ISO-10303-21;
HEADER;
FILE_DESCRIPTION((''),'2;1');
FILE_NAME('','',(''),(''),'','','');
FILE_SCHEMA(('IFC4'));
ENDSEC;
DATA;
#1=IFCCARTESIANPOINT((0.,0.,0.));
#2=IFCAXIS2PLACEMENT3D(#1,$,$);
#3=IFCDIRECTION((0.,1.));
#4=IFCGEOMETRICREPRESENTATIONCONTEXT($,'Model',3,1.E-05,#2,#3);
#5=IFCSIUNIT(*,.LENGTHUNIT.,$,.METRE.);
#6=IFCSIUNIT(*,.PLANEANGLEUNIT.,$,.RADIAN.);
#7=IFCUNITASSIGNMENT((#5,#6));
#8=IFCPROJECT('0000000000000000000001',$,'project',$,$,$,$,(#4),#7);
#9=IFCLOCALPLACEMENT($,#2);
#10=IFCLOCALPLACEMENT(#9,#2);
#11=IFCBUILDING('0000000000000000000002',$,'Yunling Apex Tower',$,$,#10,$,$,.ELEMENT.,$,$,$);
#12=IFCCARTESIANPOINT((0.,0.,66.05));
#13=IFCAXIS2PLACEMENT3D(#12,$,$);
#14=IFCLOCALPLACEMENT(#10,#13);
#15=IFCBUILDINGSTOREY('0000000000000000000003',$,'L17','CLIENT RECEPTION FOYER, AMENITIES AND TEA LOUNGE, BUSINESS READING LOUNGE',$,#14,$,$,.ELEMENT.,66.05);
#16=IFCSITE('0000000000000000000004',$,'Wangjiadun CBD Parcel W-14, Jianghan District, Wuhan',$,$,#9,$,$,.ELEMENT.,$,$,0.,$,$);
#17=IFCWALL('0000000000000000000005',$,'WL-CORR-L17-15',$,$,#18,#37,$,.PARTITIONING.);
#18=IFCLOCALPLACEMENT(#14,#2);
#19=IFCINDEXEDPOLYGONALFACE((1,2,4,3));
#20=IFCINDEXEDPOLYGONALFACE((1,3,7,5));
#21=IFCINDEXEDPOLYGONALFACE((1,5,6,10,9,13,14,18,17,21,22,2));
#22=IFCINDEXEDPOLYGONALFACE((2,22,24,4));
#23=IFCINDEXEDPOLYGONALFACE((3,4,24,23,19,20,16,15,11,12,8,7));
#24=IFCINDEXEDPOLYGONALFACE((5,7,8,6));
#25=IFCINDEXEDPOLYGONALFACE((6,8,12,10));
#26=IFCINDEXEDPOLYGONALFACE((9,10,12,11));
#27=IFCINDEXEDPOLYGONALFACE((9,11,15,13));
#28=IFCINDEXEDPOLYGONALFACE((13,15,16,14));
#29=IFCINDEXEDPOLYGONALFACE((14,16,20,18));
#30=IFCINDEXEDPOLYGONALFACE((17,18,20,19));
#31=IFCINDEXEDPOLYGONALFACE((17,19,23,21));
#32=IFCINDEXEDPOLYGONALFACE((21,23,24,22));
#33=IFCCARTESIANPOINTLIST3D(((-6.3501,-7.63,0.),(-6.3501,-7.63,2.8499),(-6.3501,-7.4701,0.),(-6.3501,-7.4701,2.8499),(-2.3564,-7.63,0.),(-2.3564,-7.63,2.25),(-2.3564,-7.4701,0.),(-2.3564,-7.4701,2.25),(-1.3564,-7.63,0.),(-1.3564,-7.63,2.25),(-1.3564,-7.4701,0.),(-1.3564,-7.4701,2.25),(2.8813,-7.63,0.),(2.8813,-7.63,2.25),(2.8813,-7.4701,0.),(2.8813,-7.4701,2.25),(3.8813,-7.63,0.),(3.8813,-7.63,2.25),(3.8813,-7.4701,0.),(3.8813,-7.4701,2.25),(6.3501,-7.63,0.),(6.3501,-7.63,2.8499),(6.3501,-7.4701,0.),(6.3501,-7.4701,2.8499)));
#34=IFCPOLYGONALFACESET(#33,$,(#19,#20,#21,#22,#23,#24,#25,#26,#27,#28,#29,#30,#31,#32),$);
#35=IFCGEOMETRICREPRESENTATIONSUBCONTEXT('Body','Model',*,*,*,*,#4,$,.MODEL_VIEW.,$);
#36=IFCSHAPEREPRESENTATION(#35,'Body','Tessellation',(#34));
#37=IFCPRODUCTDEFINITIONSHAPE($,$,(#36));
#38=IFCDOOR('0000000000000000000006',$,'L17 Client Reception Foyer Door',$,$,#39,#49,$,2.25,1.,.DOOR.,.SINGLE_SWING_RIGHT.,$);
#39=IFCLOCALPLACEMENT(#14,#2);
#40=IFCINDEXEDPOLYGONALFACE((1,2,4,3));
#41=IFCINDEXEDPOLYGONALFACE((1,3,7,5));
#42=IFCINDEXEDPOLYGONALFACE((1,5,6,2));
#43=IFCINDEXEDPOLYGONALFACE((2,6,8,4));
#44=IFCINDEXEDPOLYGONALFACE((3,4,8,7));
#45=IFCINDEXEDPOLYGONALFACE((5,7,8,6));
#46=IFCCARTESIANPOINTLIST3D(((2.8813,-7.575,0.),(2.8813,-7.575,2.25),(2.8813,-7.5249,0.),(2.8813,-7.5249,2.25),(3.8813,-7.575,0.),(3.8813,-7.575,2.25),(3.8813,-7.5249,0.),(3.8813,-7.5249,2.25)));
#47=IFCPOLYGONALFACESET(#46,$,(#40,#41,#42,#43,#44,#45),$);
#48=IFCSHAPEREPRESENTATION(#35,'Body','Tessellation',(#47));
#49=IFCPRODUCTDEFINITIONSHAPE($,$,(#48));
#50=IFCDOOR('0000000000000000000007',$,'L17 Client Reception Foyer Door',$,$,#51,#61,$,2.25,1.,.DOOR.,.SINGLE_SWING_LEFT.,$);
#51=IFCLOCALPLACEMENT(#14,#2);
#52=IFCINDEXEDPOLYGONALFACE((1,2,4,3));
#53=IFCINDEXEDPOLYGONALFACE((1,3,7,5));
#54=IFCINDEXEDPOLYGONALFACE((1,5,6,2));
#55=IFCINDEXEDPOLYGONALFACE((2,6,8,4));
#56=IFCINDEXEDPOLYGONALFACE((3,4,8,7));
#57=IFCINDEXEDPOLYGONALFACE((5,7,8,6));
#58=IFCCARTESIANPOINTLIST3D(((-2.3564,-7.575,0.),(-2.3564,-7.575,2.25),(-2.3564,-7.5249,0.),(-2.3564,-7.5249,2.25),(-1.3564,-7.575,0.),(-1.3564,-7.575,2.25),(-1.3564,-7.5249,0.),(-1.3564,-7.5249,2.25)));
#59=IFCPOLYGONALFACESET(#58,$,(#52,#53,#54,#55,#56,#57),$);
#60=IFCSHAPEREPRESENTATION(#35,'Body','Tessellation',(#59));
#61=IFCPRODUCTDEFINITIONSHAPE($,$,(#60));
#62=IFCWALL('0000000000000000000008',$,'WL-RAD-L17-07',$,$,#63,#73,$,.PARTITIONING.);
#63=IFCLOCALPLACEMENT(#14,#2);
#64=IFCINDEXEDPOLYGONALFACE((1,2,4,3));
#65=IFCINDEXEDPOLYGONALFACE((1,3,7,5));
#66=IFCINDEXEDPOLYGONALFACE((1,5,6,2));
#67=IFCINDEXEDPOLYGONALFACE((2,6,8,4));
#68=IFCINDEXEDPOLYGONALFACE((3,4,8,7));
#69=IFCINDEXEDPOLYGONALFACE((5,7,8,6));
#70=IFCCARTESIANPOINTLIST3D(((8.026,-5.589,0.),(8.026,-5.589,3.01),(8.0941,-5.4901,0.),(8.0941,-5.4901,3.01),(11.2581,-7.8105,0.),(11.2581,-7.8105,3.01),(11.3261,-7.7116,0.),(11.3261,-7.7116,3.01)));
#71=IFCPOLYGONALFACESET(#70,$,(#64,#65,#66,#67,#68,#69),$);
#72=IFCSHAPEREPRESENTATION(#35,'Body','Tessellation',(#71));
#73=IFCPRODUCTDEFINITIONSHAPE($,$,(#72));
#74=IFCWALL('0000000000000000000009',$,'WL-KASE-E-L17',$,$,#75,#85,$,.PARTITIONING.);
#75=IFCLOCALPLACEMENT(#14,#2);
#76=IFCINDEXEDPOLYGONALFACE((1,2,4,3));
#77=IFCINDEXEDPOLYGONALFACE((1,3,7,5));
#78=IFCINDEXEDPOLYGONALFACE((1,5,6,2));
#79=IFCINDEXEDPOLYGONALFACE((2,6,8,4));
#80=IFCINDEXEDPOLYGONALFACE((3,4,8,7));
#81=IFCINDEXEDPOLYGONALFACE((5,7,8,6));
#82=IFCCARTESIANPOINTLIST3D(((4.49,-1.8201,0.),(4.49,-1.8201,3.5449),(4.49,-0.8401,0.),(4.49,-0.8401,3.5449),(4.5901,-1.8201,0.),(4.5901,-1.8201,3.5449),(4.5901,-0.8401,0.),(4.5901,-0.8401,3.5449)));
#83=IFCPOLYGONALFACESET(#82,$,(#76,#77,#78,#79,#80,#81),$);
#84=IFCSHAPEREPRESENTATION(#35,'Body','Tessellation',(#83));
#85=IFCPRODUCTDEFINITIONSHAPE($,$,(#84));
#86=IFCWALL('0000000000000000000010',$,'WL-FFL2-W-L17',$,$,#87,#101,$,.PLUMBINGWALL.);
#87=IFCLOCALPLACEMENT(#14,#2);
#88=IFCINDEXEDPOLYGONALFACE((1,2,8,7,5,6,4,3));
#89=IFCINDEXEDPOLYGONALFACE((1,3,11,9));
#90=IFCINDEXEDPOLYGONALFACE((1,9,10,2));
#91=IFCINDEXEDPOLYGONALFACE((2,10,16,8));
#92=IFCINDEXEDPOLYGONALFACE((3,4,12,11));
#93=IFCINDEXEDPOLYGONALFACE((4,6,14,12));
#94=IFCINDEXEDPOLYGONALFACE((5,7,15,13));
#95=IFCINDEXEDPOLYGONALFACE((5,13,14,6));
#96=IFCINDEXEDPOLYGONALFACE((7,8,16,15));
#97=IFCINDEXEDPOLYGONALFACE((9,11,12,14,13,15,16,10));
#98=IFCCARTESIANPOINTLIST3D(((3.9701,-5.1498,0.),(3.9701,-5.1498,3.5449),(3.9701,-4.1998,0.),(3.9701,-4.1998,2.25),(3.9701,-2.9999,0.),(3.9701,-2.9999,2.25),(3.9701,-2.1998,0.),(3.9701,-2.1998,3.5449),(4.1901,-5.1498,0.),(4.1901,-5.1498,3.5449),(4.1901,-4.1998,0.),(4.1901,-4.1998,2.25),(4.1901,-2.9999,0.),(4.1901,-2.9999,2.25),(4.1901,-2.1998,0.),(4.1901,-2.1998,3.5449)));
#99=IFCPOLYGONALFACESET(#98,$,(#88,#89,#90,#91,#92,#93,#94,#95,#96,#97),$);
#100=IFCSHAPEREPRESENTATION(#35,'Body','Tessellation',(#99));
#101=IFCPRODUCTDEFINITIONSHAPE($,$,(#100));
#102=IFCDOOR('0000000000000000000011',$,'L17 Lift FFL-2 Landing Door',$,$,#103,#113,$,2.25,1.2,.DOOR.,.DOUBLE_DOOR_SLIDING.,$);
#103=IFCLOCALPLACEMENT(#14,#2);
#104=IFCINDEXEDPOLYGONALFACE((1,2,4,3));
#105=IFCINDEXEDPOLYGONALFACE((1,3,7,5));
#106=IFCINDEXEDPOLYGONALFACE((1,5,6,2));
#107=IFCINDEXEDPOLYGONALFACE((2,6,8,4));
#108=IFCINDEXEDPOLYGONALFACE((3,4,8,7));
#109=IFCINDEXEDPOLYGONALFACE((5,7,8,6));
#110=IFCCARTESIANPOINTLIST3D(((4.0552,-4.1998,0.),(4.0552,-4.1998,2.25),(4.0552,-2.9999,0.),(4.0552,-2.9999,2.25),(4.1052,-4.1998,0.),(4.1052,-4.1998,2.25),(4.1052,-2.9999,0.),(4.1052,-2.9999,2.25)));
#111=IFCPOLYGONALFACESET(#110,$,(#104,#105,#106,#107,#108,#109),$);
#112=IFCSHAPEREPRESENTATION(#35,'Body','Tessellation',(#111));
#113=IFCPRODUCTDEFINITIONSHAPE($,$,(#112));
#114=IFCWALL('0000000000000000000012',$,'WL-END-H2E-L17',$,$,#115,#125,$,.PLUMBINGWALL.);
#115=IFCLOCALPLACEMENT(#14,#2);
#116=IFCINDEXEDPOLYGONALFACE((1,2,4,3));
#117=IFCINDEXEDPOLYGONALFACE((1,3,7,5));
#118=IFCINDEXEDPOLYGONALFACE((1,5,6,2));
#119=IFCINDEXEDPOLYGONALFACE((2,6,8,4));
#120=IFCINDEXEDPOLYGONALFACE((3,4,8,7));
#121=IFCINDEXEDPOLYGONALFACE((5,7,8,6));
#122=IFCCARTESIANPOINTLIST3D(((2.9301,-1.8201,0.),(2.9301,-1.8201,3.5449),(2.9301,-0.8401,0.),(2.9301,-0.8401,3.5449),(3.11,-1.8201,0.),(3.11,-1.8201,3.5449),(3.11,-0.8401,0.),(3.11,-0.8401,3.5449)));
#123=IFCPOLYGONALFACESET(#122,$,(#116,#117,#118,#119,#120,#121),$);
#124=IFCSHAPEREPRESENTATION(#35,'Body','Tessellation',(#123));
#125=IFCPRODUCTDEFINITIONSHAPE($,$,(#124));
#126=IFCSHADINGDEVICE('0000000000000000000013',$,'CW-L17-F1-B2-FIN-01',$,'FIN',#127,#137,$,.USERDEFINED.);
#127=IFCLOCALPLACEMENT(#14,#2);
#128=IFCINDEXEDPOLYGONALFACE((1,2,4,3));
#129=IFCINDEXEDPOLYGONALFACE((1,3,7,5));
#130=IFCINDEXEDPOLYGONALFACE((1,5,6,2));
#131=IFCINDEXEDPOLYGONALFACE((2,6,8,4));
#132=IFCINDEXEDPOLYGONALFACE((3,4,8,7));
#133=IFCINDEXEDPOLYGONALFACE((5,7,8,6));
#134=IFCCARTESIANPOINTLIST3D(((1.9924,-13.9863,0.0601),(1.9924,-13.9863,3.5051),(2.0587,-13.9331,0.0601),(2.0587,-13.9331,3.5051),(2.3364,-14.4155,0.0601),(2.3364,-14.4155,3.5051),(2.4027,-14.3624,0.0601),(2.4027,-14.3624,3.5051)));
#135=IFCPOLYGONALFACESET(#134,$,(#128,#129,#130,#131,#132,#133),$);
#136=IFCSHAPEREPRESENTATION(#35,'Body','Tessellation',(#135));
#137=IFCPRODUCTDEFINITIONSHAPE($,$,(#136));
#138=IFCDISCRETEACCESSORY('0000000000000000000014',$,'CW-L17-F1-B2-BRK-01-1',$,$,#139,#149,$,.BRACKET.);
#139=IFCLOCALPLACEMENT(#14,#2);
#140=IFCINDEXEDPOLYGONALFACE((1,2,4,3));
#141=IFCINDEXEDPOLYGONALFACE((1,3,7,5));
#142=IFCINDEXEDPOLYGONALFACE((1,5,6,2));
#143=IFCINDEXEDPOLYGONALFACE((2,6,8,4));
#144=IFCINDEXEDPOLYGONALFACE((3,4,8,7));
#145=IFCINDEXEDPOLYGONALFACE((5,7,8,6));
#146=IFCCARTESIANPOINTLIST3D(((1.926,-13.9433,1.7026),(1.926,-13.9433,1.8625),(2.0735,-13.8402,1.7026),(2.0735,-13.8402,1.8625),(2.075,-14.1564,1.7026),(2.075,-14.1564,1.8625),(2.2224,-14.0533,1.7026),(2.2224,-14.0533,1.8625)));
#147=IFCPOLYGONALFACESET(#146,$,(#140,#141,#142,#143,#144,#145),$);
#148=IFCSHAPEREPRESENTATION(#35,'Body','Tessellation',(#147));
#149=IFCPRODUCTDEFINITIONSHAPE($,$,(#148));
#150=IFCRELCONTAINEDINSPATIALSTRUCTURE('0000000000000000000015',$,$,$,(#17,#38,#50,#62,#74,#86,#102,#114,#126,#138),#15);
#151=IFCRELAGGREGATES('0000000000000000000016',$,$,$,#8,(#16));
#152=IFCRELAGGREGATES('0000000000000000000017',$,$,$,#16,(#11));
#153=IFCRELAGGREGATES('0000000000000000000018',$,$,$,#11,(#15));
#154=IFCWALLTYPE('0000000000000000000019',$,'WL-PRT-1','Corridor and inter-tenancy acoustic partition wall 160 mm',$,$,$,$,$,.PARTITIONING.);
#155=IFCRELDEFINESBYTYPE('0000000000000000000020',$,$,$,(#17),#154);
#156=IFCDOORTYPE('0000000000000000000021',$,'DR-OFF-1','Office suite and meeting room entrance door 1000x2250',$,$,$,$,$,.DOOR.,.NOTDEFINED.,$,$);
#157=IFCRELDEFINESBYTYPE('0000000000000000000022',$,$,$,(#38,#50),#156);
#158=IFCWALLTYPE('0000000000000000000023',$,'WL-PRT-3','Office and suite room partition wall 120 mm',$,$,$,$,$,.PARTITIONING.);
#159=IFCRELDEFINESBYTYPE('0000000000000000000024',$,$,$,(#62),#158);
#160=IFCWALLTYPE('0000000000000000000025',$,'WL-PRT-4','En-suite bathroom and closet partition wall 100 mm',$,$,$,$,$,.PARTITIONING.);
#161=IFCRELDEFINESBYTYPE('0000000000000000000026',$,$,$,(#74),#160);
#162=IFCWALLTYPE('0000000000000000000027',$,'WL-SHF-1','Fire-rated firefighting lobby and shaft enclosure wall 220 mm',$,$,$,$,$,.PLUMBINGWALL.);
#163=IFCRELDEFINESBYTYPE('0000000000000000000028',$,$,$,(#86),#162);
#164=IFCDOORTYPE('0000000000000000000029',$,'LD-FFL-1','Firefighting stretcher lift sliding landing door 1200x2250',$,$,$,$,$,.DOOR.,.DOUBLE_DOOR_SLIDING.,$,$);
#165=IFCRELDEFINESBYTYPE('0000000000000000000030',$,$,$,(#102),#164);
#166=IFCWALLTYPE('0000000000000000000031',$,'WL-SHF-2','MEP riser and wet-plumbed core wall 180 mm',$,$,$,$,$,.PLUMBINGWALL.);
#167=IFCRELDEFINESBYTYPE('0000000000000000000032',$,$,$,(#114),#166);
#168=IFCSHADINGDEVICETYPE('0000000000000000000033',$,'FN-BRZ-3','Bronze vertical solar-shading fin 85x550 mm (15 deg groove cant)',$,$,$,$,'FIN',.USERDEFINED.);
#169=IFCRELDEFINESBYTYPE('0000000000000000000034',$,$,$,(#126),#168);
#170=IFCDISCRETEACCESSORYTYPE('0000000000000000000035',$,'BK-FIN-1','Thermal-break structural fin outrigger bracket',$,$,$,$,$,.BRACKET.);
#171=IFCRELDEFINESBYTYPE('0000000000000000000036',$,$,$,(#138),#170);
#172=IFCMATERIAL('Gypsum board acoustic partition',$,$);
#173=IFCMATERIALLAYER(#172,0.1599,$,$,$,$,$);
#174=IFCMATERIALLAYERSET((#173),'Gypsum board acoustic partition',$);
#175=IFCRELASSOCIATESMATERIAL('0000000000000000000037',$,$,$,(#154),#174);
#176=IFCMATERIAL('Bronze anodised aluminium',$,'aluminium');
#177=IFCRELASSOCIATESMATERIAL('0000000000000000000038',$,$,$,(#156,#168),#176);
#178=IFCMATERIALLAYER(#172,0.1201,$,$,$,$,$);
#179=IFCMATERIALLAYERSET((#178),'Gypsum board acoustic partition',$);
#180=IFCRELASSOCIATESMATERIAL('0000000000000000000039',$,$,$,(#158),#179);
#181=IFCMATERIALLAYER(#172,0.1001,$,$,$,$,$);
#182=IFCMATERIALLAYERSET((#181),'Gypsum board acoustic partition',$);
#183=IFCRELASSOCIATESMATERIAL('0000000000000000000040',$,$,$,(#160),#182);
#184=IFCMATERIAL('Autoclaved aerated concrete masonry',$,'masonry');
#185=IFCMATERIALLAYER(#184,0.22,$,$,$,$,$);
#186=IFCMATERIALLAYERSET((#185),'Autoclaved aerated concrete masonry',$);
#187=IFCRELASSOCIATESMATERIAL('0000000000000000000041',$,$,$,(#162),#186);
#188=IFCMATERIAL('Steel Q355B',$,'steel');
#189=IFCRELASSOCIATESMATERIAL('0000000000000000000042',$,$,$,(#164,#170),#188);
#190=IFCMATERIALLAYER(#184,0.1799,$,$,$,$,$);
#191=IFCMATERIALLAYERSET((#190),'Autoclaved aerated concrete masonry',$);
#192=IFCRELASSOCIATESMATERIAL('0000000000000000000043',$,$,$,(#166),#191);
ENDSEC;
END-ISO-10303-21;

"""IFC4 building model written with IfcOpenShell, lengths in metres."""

from ifc_helpers import new_model, si_unit, direction, frame, frame_2d, origin, origin_2d, place, context, subcontext, project, spatial, rectangle, extrude, source, transform, mapped, material, layer, layer_set, material_profile, profile_set, type_object, element, fill, save


model = new_model("IFC4")

# Units and contexts
model_context = context("Model", 3, precision=1e-05, world=origin(), true_north=direction((0.0, 1.0)))
body_context = subcontext(model_context, "Body", "Model", "MODEL_VIEW")
ifc_project = project(units=[si_unit("LENGTHUNIT", "METRE"), si_unit("PLANEANGLEUNIT", "RADIAN")], contexts=[model_context])

# Site, building, storey
site_placement = place(None, origin())
site = spatial("IfcSite", under=ifc_project, at=site_placement, Name="Wangjiadun CBD Parcel W-14, Jianghan District, Wuhan", CompositionType="ELEMENT", RefElevation=0.0)
building_placement = place(site_placement, origin())
building = spatial("IfcBuilding", under=site, at=building_placement, Name="Yunling Apex Tower", CompositionType="ELEMENT")
storey_placement = place(building_placement, frame((0.0, 0.0, 66.05)))
storey = spatial("IfcBuildingStorey", under=building, at=storey_placement, Name="L17", Description="CLIENT RECEPTION FOYER, AMENITIES AND TEA LOUNGE, BUSINESS READING LOUNGE", CompositionType="ELEMENT", Elevation=66.05)

# Shared definitions
ifc_material_1 = material(Name="Steel Q355B", Category="steel")

# Shared definitions
ifc_material_2 = material(Name="Bronze anodised aluminium", Category="aluminium")

# Shared definitions
ifc_material_3 = material(Name="Gypsum board acoustic partition")
ifc_layer_1 = layer(ifc_material_3, 0.1599)
ifc_layer_set_1 = layer_set([ifc_layer_1], Name="Gypsum board acoustic partition")
wall_type_1 = type_object("IfcWallType", Name="WL-PRT-1", Description="Corridor and inter-tenancy acoustic partition wall 160 mm", PredefinedType="PARTITIONING", material=ifc_layer_set_1)

# Wall, openings, doors
wall_1_placement = place(storey_placement, frame((6.3501, -7.55, 0.0), z_axis=(0.0, 0.0, 1.0), x_axis=(-1.0, 0.0, 0.0)))
wall_1 = element("IfcWall", 1, at=wall_1_placement, inside=storey, type_object=wall_type_1, Name="WL-CORR-L17-15", PredefinedType="PARTITIONING", context=body_context, shape_type="SweptSolid", body=[
    extrude(rectangle(XDim=12.7002, YDim=0.1599, at=frame_2d((6.3501, 0.0))), origin(), (0.0, 0.0, 1.0), 2.8499),
])
opening_1_placement = place(wall_1_placement, frame((2.4688, 0.0, 0.0)))
opening_1 = element("IfcOpeningElement", 2, at=opening_1_placement, cuts=wall_1, PredefinedType="OPENING", context=body_context, shape_type="SweptSolid", body=[
    extrude(rectangle(XDim=1.0, YDim=2.25, at=frame_2d((0.5, 1.125))), frame((0.0, 0.0898, 0.0), z_axis=(0.0, -1.0, 0.0), x_axis=(1.0, 0.0, 0.0)), (0.0, 0.0, 1.0), 0.1799),
])
opening_2_placement = place(wall_1_placement, frame((7.7065, 0.0, 0.0)))
opening_2 = element("IfcOpeningElement", 3, at=opening_2_placement, cuts=wall_1, PredefinedType="OPENING", context=body_context, shape_type="SweptSolid", body=[
    extrude(rectangle(XDim=1.0, YDim=2.25, at=frame_2d((0.5, 1.125))), frame((0.0, 0.0898, 0.0), z_axis=(0.0, -1.0, 0.0), x_axis=(1.0, 0.0, 0.0)), (0.0, 0.0, 1.0), 0.1799),
])
door_type_1 = type_object("IfcDoorType", Name="DR-OFF-1", Description="Office suite and meeting room entrance door 1000x2250", OperationType="NOTDEFINED", PredefinedType="DOOR", material=ifc_material_2)
door_1_placement = place(opening_1_placement, origin())
door_1 = element("IfcDoor", 4, at=door_1_placement, inside=storey, type_object=door_type_1, Name="L17 Client Reception Foyer Door", OperationType="SINGLE_SWING_RIGHT", OverallHeight=2.25, OverallWidth=1.0, PredefinedType="DOOR", context=body_context, shape_type="SweptSolid", body=[
    extrude(rectangle(XDim=1.0, YDim=2.25, at=frame_2d((0.5, 1.125))), frame((0.0, 0.0249, 0.0), z_axis=(0.0, -1.0, 0.0), x_axis=(1.0, 0.0, 0.0)), (0.0, 0.0, 1.0), 0.05),
])
fill(opening_1, door_1)
door_2_placement = place(opening_2_placement, origin())
door_2 = element("IfcDoor", 5, at=door_2_placement, inside=storey, type_object=door_type_1, Name="L17 Client Reception Foyer Door", OperationType="SINGLE_SWING_LEFT", OverallHeight=2.25, OverallWidth=1.0, PredefinedType="DOOR", context=body_context, shape_type="SweptSolid", body=[
    extrude(rectangle(XDim=1.0, YDim=2.25, at=frame_2d((0.5, 1.125))), frame((0.0, 0.0249, 0.0), z_axis=(0.0, -1.0, 0.0), x_axis=(1.0, 0.0, 0.0)), (0.0, 0.0, 1.0), 0.05),
])
fill(opening_2, door_2)

# Walls
ifc_layer_2 = layer(ifc_material_3, 0.1201)
ifc_layer_set_2 = layer_set([ifc_layer_2], Name="Gypsum board acoustic partition")
wall_type_2 = type_object("IfcWallType", Name="WL-PRT-3", Description="Office and suite room partition wall 120 mm", PredefinedType="PARTITIONING", material=ifc_layer_set_2)
wall_2_placement = place(storey_placement, frame((8.0601, -5.5396, 0.0), z_axis=(0.0, 0.0, 1.0), x_axis=(0.824104, -0.566439, 0.0)))
element("IfcWall", 6, at=wall_2_placement, inside=storey, type_object=wall_type_2, Name="WL-RAD-L17-07", PredefinedType="PARTITIONING", context=body_context, shape_type="SweptSolid", body=[
    extrude(rectangle(XDim=3.9219, YDim=0.1201, at=frame_2d((1.9609, 0.0))), origin(), (0.0, 0.0, 1.0), 3.01),
])
ifc_layer_3 = layer(ifc_material_3, 0.1001)
ifc_layer_set_3 = layer_set([ifc_layer_3], Name="Gypsum board acoustic partition")
wall_type_3 = type_object("IfcWallType", Name="WL-PRT-4", Description="En-suite bathroom and closet partition wall 100 mm", PredefinedType="PARTITIONING", material=ifc_layer_set_3)
wall_3_placement = place(storey_placement, frame((4.54, -1.8201, 0.0), z_axis=(0.0, 0.0, 1.0), x_axis=(0.0, 1.0, 0.0)))
element("IfcWall", 7, at=wall_3_placement, inside=storey, type_object=wall_type_3, Name="WL-KASE-E-L17", PredefinedType="PARTITIONING", context=body_context, shape_type="SweptSolid", body=[
    extrude(rectangle(XDim=0.98, YDim=0.1001, at=frame_2d((0.49, 0.0))), origin(), (0.0, 0.0, 1.0), 3.5449),
])

# Wall, opening, door
ifc_material_4 = material(Name="Autoclaved aerated concrete masonry", Category="masonry")
ifc_layer_4 = layer(ifc_material_4, 0.22)
ifc_layer_set_4 = layer_set([ifc_layer_4], Name="Autoclaved aerated concrete masonry")
wall_type_4 = type_object("IfcWallType", Name="WL-SHF-1", Description="Fire-rated firefighting lobby and shaft enclosure wall 220 mm", PredefinedType="PLUMBINGWALL", material=ifc_layer_set_4)
wall_4_placement = place(storey_placement, frame((4.0801, -5.1499, 0.0), z_axis=(0.0, 0.0, 1.0), x_axis=(0.0, 1.0, 0.0)))
wall_4 = element("IfcWall", 8, at=wall_4_placement, inside=storey, type_object=wall_type_4, Name="WL-FFL2-W-L17", PredefinedType="PLUMBINGWALL", context=body_context, shape_type="SweptSolid", body=[
    extrude(rectangle(XDim=2.95, YDim=0.22, at=frame_2d((1.4751, 0.0))), origin(), (0.0, 0.0, 1.0), 3.5449),
])
opening_3_placement = place(wall_4_placement, frame((0.95, 0.0, 0.0)))
opening_3 = element("IfcOpeningElement", 9, at=opening_3_placement, cuts=wall_4, PredefinedType="OPENING", context=body_context, shape_type="SweptSolid", body=[
    extrude(rectangle(XDim=1.2, YDim=2.25, at=frame_2d((0.6001, 1.125))), frame((0.0, 0.1201, 0.0), z_axis=(0.0, -1.0, 0.0), x_axis=(1.0, 0.0, 0.0)), (0.0, 0.0, 1.0), 0.24),
])
door_type_2 = type_object("IfcDoorType", Name="LD-FFL-1", Description="Firefighting stretcher lift sliding landing door 1200x2250", OperationType="DOUBLE_DOOR_SLIDING", PredefinedType="DOOR", material=ifc_material_1)
door_3_placement = place(opening_3_placement, origin())
door_3 = element("IfcDoor", 10, at=door_3_placement, inside=storey, type_object=door_type_2, Name="L17 Lift FFL-2 Landing Door", OperationType="DOUBLE_DOOR_SLIDING", OverallHeight=2.25, OverallWidth=1.2, PredefinedType="DOOR", context=body_context, shape_type="SweptSolid", body=[
    extrude(rectangle(XDim=1.2, YDim=2.25, at=frame_2d((0.6001, 1.125))), frame((0.0, 0.0249, 0.0), z_axis=(0.0, -1.0, 0.0), x_axis=(1.0, 0.0, 0.0)), (0.0, 0.0, 1.0), 0.05),
])
fill(opening_3, door_3)

# Wall
ifc_layer_5 = layer(ifc_material_4, 0.1799)
ifc_layer_set_5 = layer_set([ifc_layer_5], Name="Autoclaved aerated concrete masonry")
wall_type_5 = type_object("IfcWallType", Name="WL-SHF-2", Description="MEP riser and wet-plumbed core wall 180 mm", PredefinedType="PLUMBINGWALL", material=ifc_layer_set_5)
wall_5_placement = place(storey_placement, frame((3.02, -1.8201, 0.0), z_axis=(0.0, 0.0, 1.0), x_axis=(0.0, 1.0, 0.0)))
element("IfcWall", 11, at=wall_5_placement, inside=storey, type_object=wall_type_5, Name="WL-END-H2E-L17", PredefinedType="PLUMBINGWALL", context=body_context, shape_type="SweptSolid", body=[
    extrude(rectangle(XDim=0.98, YDim=0.1799, at=frame_2d((0.49, 0.0))), origin(), (0.0, 0.0, 1.0), 3.5449),
])

# Shading device
ifc_material_profile_1 = material_profile(ifc_material_2, rectangle(XDim=0.085, YDim=0.55, at=origin_2d()))
ifc_profile_set_1 = profile_set([ifc_material_profile_1], Name="Bronze anodised aluminium")
shading_device_type = type_object("IfcShadingDeviceType", Name="FN-BRZ-3", Description="Bronze vertical solar-shading fin 85x550 mm (15 deg groove cant)", ElementType="FIN", PredefinedType="USERDEFINED", material=ifc_profile_set_1)
shared_shape_1 = source(origin(), body_context, "Body", "SweptSolid", [
    extrude(rectangle(XDim=0.085, YDim=0.55, at=origin_2d()), origin(), (0.0, 0.0, 1.0), 3.4451),
])
shading_device_placement = place(storey_placement, frame((2.1975, -14.1743, 0.0601), z_axis=(0.0, 0.0, 1.0), x_axis=(0.780321, 0.625379, 0.0)))
element("IfcShadingDevice", 12, at=shading_device_placement, inside=storey, type_object=shading_device_type, Name="CW-L17-F1-B2-FIN-01", ObjectType="FIN", PredefinedType="USERDEFINED", context=body_context, shape_type="MappedRepresentation", body=[
    mapped(shared_shape_1, transform((0.0, 0.0, 0.0), scale=1.0)),
])

# Discrete accessory
discrete_accessory_type = type_object("IfcDiscreteAccessoryType", Name="BK-FIN-1", Description="Thermal-break structural fin outrigger bracket", PredefinedType="BRACKET", material=ifc_material_1)
shared_shape_2 = source(origin(), body_context, "Body", "SweptSolid", [
    extrude(rectangle(XDim=0.1799, YDim=0.26, at=origin_2d()), origin(), (0.0, 0.0, 1.0), 0.1599),
])
discrete_accessory_placement = place(storey_placement, frame((2.0742, -13.9983, 1.7026), z_axis=(0.0, 0.0, 1.0), x_axis=(0.819552, 0.573004, 0.0)))
element("IfcDiscreteAccessory", 13, at=discrete_accessory_placement, inside=storey, type_object=discrete_accessory_type, Name="CW-L17-F1-B2-BRK-01-1", PredefinedType="BRACKET", context=body_context, shape_type="MappedRepresentation", body=[
    mapped(shared_shape_2, transform((0.0, 0.0, 0.0), scale=1.0)),
])

save(model, "model.ifc")
